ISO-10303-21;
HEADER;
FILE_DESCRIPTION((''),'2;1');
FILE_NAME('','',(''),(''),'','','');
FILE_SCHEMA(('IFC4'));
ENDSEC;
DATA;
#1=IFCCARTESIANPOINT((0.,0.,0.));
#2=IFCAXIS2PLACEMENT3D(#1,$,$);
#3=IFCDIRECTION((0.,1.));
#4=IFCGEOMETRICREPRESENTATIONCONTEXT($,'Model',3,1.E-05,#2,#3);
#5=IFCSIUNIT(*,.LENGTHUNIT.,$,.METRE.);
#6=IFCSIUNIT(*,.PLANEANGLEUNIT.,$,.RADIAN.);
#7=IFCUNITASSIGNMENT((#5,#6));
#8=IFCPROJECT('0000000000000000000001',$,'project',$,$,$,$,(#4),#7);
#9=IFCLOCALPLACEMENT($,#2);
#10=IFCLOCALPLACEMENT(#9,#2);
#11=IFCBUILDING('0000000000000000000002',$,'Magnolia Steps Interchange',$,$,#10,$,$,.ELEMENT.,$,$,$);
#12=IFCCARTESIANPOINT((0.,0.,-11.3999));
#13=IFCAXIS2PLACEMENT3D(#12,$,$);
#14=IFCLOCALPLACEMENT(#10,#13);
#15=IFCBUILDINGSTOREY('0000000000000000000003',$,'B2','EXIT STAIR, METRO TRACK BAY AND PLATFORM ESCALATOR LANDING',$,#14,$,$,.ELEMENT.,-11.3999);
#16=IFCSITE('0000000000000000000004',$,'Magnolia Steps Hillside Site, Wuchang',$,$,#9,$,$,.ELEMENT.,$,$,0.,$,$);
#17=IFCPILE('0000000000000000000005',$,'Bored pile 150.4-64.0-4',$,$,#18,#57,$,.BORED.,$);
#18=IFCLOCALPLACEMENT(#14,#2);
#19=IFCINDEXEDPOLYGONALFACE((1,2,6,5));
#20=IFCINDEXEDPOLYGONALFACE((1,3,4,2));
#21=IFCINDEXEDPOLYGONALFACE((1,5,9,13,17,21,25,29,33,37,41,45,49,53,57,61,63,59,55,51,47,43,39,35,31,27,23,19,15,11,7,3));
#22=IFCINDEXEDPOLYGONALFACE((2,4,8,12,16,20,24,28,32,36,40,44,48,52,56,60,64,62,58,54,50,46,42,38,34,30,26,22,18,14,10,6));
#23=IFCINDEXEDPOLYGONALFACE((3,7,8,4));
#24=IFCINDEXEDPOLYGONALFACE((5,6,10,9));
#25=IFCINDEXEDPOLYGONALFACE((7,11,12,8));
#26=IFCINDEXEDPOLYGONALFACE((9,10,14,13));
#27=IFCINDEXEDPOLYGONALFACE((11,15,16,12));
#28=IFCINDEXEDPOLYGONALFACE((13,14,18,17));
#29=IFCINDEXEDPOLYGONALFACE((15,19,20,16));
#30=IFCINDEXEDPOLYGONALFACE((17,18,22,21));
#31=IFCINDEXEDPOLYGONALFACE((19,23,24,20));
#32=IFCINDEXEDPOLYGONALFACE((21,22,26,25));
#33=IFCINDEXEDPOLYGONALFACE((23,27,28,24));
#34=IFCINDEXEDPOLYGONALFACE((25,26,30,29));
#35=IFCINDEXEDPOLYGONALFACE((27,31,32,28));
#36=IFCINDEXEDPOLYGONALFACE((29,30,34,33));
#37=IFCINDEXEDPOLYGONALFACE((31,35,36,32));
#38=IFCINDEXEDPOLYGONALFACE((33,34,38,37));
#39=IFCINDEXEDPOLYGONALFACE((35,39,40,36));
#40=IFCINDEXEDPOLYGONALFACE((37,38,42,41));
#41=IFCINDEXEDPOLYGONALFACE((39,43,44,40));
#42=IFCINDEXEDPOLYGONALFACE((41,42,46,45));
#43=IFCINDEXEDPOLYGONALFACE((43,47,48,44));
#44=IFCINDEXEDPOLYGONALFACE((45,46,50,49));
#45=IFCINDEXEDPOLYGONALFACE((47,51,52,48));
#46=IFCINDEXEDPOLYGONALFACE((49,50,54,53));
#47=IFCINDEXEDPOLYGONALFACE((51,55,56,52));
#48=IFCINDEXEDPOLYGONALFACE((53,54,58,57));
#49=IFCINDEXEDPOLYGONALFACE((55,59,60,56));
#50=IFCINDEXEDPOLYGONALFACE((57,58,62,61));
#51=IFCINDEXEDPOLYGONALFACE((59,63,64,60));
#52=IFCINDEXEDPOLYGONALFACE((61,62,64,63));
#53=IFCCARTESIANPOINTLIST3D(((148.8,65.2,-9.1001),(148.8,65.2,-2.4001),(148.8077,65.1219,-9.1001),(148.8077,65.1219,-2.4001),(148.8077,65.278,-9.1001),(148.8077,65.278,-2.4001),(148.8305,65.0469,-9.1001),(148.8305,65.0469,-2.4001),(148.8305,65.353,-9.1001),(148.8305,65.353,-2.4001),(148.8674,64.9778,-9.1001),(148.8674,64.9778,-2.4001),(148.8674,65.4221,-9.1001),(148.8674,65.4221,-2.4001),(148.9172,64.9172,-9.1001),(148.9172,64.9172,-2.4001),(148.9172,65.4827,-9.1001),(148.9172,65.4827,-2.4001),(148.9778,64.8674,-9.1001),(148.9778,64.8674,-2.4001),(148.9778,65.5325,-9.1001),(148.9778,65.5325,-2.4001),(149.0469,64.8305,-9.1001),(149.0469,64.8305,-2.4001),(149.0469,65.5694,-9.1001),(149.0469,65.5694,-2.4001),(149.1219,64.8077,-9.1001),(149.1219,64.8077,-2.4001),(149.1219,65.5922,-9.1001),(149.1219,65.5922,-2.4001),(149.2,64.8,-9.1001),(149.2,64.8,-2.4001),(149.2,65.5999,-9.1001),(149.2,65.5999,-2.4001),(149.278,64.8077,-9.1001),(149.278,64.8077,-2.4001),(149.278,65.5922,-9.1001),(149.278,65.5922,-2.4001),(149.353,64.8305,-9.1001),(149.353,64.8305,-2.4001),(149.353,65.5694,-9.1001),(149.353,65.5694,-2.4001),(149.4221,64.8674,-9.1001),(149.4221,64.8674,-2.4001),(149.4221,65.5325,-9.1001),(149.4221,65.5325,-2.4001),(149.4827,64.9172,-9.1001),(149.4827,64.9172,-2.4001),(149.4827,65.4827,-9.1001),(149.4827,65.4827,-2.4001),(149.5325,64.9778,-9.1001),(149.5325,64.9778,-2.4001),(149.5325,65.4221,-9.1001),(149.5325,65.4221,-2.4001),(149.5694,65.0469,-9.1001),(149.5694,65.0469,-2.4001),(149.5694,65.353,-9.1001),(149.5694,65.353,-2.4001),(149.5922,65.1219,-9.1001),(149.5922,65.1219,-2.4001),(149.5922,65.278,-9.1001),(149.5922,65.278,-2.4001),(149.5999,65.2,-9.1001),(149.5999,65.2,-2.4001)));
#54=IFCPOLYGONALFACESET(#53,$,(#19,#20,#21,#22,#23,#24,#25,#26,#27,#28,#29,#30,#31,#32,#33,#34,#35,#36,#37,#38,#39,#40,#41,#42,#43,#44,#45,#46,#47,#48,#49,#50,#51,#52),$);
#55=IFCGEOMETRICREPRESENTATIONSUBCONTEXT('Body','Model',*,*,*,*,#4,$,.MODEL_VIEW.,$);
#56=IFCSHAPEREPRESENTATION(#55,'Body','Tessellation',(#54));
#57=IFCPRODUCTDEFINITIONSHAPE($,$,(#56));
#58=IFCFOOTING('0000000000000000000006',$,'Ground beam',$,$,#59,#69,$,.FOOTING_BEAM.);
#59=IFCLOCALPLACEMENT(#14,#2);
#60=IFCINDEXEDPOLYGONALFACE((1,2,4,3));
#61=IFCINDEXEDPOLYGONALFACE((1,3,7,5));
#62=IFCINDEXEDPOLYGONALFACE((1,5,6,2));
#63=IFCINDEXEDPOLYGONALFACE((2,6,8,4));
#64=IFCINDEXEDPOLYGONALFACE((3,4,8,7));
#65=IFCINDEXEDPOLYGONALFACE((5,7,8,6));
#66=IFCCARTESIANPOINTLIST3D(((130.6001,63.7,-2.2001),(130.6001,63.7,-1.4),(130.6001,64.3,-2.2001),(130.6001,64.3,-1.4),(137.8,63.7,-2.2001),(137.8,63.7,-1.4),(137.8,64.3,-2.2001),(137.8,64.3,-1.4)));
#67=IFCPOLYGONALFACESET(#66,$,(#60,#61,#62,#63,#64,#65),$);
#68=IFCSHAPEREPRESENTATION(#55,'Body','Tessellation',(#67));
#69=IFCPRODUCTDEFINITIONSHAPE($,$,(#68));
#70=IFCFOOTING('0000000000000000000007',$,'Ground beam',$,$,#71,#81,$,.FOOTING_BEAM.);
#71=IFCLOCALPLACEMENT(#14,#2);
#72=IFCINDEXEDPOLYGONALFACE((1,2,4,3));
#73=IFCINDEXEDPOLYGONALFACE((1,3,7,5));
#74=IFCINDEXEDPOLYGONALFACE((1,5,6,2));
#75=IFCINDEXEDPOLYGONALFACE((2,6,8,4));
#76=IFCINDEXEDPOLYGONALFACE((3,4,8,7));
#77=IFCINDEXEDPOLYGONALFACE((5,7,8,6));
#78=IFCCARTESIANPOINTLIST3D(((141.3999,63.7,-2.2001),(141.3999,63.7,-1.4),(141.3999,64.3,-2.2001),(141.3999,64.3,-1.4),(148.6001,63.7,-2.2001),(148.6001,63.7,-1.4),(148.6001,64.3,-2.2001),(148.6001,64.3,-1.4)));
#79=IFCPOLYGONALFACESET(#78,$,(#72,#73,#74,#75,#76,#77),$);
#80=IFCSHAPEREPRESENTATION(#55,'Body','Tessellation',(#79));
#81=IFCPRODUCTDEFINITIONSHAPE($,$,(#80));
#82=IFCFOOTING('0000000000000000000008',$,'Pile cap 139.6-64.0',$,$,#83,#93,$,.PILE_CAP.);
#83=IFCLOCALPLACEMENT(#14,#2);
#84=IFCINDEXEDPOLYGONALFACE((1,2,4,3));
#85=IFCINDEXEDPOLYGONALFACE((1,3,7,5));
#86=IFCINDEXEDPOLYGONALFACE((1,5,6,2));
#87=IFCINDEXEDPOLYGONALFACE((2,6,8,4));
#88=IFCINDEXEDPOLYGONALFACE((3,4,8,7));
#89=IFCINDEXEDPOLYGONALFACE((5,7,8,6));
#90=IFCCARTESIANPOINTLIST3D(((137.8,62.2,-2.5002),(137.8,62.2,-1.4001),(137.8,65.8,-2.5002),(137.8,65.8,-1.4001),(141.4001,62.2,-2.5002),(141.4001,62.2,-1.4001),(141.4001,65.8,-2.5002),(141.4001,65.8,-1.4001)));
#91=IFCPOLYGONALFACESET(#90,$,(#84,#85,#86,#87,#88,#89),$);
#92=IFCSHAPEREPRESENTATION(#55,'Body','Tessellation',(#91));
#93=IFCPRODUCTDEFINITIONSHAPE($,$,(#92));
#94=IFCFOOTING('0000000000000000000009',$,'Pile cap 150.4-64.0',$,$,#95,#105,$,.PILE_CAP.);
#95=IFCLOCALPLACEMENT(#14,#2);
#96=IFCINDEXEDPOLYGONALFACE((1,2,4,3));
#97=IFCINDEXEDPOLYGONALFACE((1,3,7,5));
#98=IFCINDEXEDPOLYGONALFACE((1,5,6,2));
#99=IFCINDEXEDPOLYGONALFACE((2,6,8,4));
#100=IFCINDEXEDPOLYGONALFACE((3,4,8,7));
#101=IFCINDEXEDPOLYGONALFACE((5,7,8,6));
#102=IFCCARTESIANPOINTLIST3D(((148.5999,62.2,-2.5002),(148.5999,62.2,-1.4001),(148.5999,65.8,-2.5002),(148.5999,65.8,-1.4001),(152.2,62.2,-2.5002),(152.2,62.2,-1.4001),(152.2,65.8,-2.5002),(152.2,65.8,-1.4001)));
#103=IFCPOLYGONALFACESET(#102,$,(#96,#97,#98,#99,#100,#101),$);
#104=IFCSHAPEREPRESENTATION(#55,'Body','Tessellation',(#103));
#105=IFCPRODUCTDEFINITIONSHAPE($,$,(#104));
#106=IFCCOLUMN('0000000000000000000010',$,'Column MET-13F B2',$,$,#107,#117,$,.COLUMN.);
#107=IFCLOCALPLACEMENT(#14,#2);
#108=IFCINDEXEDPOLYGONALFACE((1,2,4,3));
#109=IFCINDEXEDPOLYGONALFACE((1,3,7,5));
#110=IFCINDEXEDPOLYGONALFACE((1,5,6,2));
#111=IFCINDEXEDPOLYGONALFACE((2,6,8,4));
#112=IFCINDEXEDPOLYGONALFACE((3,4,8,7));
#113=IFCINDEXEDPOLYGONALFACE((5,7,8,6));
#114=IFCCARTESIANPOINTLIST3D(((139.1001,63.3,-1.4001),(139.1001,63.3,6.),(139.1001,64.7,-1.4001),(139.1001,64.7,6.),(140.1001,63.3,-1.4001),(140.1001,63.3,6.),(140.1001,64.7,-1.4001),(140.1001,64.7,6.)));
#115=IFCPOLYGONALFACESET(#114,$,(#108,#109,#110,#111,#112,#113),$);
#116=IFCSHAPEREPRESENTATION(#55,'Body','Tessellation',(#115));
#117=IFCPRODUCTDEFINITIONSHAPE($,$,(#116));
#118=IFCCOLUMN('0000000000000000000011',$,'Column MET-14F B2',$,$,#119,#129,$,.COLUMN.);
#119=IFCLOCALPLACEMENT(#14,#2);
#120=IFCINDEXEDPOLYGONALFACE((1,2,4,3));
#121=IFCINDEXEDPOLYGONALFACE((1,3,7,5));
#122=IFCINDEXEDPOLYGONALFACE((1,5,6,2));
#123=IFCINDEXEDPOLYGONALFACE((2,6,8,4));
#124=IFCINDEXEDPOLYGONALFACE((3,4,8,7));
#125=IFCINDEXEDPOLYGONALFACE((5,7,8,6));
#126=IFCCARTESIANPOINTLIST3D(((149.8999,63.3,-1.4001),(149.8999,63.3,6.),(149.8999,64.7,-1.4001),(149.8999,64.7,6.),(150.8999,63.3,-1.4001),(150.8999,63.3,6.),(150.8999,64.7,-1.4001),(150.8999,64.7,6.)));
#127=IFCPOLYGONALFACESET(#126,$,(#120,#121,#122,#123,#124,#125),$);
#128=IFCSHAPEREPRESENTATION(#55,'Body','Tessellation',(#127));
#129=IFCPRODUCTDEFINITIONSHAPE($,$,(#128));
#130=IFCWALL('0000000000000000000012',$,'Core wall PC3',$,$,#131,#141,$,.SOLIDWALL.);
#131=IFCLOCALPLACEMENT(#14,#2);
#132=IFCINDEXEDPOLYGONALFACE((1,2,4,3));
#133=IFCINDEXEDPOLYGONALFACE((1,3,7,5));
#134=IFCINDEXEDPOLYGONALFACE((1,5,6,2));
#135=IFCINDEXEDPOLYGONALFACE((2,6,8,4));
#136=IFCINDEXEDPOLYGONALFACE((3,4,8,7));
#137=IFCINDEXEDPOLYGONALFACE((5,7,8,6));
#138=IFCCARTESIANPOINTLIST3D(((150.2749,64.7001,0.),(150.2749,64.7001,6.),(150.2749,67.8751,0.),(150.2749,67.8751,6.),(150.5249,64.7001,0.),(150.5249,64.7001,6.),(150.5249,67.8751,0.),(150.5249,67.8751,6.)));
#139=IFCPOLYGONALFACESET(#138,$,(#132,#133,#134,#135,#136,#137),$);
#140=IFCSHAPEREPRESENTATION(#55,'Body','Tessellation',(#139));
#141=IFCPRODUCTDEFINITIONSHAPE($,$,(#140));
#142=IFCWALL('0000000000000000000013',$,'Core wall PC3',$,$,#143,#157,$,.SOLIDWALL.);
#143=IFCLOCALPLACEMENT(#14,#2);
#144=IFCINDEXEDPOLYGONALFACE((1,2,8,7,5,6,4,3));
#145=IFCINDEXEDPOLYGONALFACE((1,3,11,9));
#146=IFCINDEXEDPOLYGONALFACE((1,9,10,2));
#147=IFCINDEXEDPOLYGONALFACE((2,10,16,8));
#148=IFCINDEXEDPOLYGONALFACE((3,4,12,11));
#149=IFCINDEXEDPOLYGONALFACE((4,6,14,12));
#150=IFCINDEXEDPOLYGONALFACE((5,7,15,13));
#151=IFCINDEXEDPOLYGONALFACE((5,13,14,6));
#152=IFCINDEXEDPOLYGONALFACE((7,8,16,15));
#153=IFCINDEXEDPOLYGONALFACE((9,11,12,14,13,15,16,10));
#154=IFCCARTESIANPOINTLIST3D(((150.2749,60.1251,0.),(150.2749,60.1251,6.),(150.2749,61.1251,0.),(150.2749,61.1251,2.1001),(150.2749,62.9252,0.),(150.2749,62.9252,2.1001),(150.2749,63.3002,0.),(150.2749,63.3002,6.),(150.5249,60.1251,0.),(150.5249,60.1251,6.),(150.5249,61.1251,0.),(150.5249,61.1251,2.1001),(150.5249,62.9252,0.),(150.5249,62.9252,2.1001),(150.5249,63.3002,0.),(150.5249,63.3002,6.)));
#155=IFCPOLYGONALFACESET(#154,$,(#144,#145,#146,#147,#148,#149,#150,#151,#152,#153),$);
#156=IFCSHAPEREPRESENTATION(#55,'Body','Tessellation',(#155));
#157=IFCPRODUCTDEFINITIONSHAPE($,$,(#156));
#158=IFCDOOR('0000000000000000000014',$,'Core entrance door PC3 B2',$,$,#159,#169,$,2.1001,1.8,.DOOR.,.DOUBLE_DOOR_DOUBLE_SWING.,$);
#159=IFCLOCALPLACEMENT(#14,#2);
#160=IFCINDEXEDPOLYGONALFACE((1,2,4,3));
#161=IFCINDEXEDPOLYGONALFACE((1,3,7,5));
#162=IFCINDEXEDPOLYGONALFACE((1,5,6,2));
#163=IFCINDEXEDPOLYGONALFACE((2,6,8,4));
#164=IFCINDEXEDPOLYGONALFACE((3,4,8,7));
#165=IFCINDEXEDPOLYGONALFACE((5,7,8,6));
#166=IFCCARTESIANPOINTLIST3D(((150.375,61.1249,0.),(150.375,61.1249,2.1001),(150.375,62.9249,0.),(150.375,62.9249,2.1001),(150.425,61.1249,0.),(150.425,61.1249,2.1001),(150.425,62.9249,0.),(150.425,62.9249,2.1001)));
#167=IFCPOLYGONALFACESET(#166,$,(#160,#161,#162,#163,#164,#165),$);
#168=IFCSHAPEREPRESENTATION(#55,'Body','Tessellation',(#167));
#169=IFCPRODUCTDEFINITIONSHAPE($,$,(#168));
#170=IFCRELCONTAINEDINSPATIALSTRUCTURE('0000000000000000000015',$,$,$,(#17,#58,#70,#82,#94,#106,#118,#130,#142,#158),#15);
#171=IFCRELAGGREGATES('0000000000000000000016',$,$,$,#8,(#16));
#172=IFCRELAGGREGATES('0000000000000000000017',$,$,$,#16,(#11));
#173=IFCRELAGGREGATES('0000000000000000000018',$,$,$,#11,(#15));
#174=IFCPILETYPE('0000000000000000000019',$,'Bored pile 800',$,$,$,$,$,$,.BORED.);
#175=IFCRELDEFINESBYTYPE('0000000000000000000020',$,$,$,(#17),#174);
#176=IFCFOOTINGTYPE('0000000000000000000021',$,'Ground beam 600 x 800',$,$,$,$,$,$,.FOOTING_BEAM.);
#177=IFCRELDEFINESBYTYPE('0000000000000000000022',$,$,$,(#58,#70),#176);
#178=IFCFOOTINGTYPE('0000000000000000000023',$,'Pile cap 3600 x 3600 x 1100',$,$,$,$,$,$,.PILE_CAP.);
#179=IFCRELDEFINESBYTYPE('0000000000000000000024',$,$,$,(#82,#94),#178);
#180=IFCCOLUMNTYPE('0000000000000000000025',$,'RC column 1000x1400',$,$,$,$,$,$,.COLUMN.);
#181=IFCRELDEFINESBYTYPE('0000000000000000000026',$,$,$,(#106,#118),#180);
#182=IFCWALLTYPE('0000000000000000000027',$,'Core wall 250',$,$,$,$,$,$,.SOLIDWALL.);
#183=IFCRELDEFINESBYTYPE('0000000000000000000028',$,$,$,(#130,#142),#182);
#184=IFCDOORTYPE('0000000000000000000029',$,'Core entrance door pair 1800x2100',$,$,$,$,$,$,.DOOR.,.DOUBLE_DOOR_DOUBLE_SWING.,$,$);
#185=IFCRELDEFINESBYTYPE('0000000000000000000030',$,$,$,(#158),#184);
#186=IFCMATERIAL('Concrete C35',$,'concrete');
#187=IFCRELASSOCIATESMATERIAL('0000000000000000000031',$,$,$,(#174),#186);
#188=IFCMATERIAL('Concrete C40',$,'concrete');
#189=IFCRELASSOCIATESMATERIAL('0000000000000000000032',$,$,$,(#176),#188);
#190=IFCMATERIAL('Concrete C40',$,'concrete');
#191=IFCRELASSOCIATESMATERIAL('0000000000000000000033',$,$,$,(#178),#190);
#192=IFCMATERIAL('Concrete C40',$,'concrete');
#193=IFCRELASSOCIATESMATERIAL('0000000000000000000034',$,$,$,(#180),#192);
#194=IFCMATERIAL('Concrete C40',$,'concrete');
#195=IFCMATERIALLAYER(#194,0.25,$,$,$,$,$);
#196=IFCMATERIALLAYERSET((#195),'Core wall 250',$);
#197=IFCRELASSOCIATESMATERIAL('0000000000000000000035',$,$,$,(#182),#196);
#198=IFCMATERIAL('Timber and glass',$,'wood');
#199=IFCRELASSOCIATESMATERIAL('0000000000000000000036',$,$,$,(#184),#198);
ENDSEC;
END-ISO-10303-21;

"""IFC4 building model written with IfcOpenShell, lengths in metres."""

from ifc_helpers import new_model, si_unit, direction, frame, frame_2d, origin, origin_2d, place, context, subcontext, project, spatial, rectangle, circle, extrude, material, layer, layer_set, material_profile, profile_set, type_object, element, fill, save


model = new_model("IFC4")

# Units and contexts
model_context = context("Model", 3, precision=1e-05, world=origin(), true_north=direction((0.0, 1.0)))
body_context = subcontext(model_context, "Body", "Model", "MODEL_VIEW")
ifc_project = project(units=[si_unit("LENGTHUNIT", "METRE"), si_unit("PLANEANGLEUNIT", "RADIAN")], contexts=[model_context])

# Site, building, storey
site_placement = place(None, origin())
site = spatial("IfcSite", under=ifc_project, at=site_placement, Name="Magnolia Steps Hillside Site, Wuchang", CompositionType="ELEMENT", RefElevation=0.0)
building_placement = place(site_placement, origin())
building = spatial("IfcBuilding", under=site, at=building_placement, Name="Magnolia Steps Interchange", CompositionType="ELEMENT")
storey_placement = place(building_placement, frame((0.0, 0.0, -11.3999)))
storey = spatial("IfcBuildingStorey", under=building, at=storey_placement, Name="B2", Description="EXIT STAIR, METRO TRACK BAY AND PLATFORM ESCALATOR LANDING", CompositionType="ELEMENT", Elevation=-11.3999)

# Pile
ifc_material_1 = material(Name="Concrete C35", Category="concrete")
ifc_material_profile_1 = material_profile(ifc_material_1, circle(Radius=0.3999, at=origin_2d()), Name="Bored pile 800")
ifc_profile_set_1 = profile_set([ifc_material_profile_1], Name="Concrete C35")
pile_type_1 = type_object("IfcPileType", Name="Bored pile 800", PredefinedType="BORED", material=ifc_profile_set_1)
for number, where, z_axis, x_axis, name in (
    (1, (149.2, 65.2, -2.4001), (0.0, 0.0, -1.0), (1.0, 0.0, 0.0), "Bored pile 150.4-64.0-4"),
):
    element("IfcPile", number, at=place(storey_placement, frame(where, z_axis=z_axis, x_axis=x_axis)), inside=storey, type_object=pile_type_1, Name=name, PredefinedType="BORED", context=body_context, shape_type="SweptSolid", body=[
        extrude(circle(Radius=0.3999, at=origin_2d()), origin(), (0.0, 0.0, 1.0), 6.7),
    ])

# Footings
ifc_material_2 = material(Name="Concrete C40", Category="concrete")
ifc_material_profile_2 = material_profile(ifc_material_2, rectangle(XDim=0.6001, YDim=0.8, at=origin_2d()), Name="RC600x800")
ifc_profile_set_2 = profile_set([ifc_material_profile_2], Name="Concrete C40")
footing_type_1 = type_object("IfcFootingType", Name="Ground beam 600 x 800", PredefinedType="FOOTING_BEAM", material=ifc_profile_set_2)
footing_1_placement = place(storey_placement, frame((130.6001, 64.0, -1.8), z_axis=(1.0, 0.0, 0.0), x_axis=(0.0, 1.0, 0.0)))
element("IfcFooting", 2, at=footing_1_placement, inside=storey, type_object=footing_type_1, Name="Ground beam", PredefinedType="FOOTING_BEAM", context=body_context, shape_type="SweptSolid", body=[
    extrude(rectangle(XDim=0.6001, YDim=0.8, at=origin_2d()), origin(), (0.0, 0.0, 1.0), 7.2),
])
footing_2_placement = place(storey_placement, frame((141.3999, 64.0, -1.8), z_axis=(1.0, 0.0, 0.0), x_axis=(0.0, 1.0, 0.0)))
element("IfcFooting", 3, at=footing_2_placement, inside=storey, type_object=footing_type_1, Name="Ground beam", PredefinedType="FOOTING_BEAM", context=body_context, shape_type="SweptSolid", body=[
    extrude(rectangle(XDim=0.6001, YDim=0.8, at=origin_2d()), origin(), (0.0, 0.0, 1.0), 7.2002),
])
ifc_material_3 = material(Name="Concrete C40", Category="concrete")
footing_type_2 = type_object("IfcFootingType", Name="Pile cap 3600 x 3600 x 1100", PredefinedType="PILE_CAP", material=ifc_material_3)
for number, where, z_axis, x_axis, name in (
    (4, (139.6001, 64.0, -2.5002), (0.0, 0.0, 1.0), (1.0, 0.0, 0.0), "Pile cap 139.6-64.0"),
    (5, (150.3999, 64.0, -2.5002), (0.0, 0.0, 1.0), (1.0, 0.0, 0.0), "Pile cap 150.4-64.0"),
):
    element("IfcFooting", number, at=place(storey_placement, frame(where, z_axis=z_axis, x_axis=x_axis)), inside=storey, type_object=footing_type_2, Name=name, PredefinedType="PILE_CAP", context=body_context, shape_type="SweptSolid", body=[
        extrude(rectangle(XDim=3.6001, YDim=3.6001, at=origin_2d()), origin(), (0.0, 0.0, 1.0), 1.1001),
    ])

# Columns
ifc_material_4 = material(Name="Concrete C40", Category="concrete")
ifc_material_profile_3 = material_profile(ifc_material_4, rectangle(XDim=1.0, YDim=1.3999, at=origin_2d()), Name="RC1000x1400")
ifc_profile_set_3 = profile_set([ifc_material_profile_3], Name="Concrete C40")
column_type = type_object("IfcColumnType", Name="RC column 1000x1400", PredefinedType="COLUMN", material=ifc_profile_set_3)
for number, where, z_axis, x_axis, name in (
    (6, (139.6001, 64.0, -1.4001), (0.0, 0.0, 1.0), (1.0, 0.0, 0.0), "Column MET-13F B2"),
    (7, (150.3999, 64.0, -1.4001), (0.0, 0.0, 1.0), (1.0, 0.0, 0.0), "Column MET-14F B2"),
):
    element("IfcColumn", number, at=place(storey_placement, frame(where, z_axis=z_axis, x_axis=x_axis)), inside=storey, type_object=column_type, Name=name, PredefinedType="COLUMN", context=body_context, shape_type="SweptSolid", body=[
        extrude(rectangle(XDim=1.0, YDim=1.3999, at=origin_2d()), origin(), (0.0, 0.0, 1.0), 7.4001),
    ])

# Wall
ifc_material_5 = material(Name="Concrete C40", Category="concrete")
ifc_layer = layer(ifc_material_5, 0.25)
ifc_layer_set = layer_set([ifc_layer], Name="Core wall 250")
wall_type = type_object("IfcWallType", Name="Core wall 250", PredefinedType="SOLIDWALL", material=ifc_layer_set)
wall_1_placement = place(storey_placement, frame((150.3999, 67.875, 0.0), z_axis=(0.0, 0.0, 1.0), x_axis=(0.0, -1.0, 0.0)))
element("IfcWall", 8, at=wall_1_placement, inside=storey, type_object=wall_type, Name="Core wall PC3", PredefinedType="SOLIDWALL", context=body_context, shape_type="SweptSolid", body=[
    extrude(rectangle(XDim=3.175, YDim=0.25, at=frame_2d((1.5874, 0.0))), origin(), (0.0, 0.0, 1.0), 6.0),
])

# Wall, opening, door
wall_2_placement = place(storey_placement, frame((150.3999, 63.3, 0.0), z_axis=(0.0, 0.0, 1.0), x_axis=(0.0, -1.0, 0.0)))
wall_2 = element("IfcWall", 9, at=wall_2_placement, inside=storey, type_object=wall_type, Name="Core wall PC3", PredefinedType="SOLIDWALL", context=body_context, shape_type="SweptSolid", body=[
    extrude(rectangle(XDim=3.175, YDim=0.25, at=frame_2d((1.5874, 0.0))), origin(), (0.0, 0.0, 1.0), 6.0),
])
opening_placement = place(wall_2_placement, frame((0.375, 0.0, 0.0)))
opening = element("IfcOpeningElement", 10, at=opening_placement, cuts=wall_2, PredefinedType="OPENING", context=body_context, shape_type="SweptSolid", body=[
    extrude(rectangle(XDim=1.8, YDim=2.1001, at=frame_2d((0.8999, 1.05))), frame((0.0, 0.135, 0.0), z_axis=(0.0, -1.0, 0.0), x_axis=(1.0, 0.0, 0.0)), (0.0, 0.0, 1.0), 0.27),
])
ifc_material_6 = material(Name="Timber and glass", Category="wood")
door_type = type_object("IfcDoorType", Name="Core entrance door pair 1800x2100", OperationType="DOUBLE_DOOR_DOUBLE_SWING", PredefinedType="DOOR", material=ifc_material_6)
door_placement = place(opening_placement, frame((1.8, 0.0, 0.0), z_axis=(0.0, 0.0, 1.0), x_axis=(-1.0, 0.0, 0.0)))
door = element("IfcDoor", 11, at=door_placement, inside=storey, type_object=door_type, Name="Core entrance door PC3 B2", OperationType="DOUBLE_DOOR_DOUBLE_SWING", OverallHeight=2.1001, OverallWidth=1.8, PredefinedType="DOOR", context=body_context, shape_type="SweptSolid", body=[
    extrude(rectangle(XDim=1.8, YDim=2.1001, at=frame_2d((0.8999, 1.05))), frame((0.0, 0.0249, 0.0), z_axis=(0.0, -1.0, 0.0), x_axis=(1.0, 0.0, 0.0)), (0.0, 0.0, 1.0), 0.05),
])
fill(opening, door)

save(model, "model.ifc")
